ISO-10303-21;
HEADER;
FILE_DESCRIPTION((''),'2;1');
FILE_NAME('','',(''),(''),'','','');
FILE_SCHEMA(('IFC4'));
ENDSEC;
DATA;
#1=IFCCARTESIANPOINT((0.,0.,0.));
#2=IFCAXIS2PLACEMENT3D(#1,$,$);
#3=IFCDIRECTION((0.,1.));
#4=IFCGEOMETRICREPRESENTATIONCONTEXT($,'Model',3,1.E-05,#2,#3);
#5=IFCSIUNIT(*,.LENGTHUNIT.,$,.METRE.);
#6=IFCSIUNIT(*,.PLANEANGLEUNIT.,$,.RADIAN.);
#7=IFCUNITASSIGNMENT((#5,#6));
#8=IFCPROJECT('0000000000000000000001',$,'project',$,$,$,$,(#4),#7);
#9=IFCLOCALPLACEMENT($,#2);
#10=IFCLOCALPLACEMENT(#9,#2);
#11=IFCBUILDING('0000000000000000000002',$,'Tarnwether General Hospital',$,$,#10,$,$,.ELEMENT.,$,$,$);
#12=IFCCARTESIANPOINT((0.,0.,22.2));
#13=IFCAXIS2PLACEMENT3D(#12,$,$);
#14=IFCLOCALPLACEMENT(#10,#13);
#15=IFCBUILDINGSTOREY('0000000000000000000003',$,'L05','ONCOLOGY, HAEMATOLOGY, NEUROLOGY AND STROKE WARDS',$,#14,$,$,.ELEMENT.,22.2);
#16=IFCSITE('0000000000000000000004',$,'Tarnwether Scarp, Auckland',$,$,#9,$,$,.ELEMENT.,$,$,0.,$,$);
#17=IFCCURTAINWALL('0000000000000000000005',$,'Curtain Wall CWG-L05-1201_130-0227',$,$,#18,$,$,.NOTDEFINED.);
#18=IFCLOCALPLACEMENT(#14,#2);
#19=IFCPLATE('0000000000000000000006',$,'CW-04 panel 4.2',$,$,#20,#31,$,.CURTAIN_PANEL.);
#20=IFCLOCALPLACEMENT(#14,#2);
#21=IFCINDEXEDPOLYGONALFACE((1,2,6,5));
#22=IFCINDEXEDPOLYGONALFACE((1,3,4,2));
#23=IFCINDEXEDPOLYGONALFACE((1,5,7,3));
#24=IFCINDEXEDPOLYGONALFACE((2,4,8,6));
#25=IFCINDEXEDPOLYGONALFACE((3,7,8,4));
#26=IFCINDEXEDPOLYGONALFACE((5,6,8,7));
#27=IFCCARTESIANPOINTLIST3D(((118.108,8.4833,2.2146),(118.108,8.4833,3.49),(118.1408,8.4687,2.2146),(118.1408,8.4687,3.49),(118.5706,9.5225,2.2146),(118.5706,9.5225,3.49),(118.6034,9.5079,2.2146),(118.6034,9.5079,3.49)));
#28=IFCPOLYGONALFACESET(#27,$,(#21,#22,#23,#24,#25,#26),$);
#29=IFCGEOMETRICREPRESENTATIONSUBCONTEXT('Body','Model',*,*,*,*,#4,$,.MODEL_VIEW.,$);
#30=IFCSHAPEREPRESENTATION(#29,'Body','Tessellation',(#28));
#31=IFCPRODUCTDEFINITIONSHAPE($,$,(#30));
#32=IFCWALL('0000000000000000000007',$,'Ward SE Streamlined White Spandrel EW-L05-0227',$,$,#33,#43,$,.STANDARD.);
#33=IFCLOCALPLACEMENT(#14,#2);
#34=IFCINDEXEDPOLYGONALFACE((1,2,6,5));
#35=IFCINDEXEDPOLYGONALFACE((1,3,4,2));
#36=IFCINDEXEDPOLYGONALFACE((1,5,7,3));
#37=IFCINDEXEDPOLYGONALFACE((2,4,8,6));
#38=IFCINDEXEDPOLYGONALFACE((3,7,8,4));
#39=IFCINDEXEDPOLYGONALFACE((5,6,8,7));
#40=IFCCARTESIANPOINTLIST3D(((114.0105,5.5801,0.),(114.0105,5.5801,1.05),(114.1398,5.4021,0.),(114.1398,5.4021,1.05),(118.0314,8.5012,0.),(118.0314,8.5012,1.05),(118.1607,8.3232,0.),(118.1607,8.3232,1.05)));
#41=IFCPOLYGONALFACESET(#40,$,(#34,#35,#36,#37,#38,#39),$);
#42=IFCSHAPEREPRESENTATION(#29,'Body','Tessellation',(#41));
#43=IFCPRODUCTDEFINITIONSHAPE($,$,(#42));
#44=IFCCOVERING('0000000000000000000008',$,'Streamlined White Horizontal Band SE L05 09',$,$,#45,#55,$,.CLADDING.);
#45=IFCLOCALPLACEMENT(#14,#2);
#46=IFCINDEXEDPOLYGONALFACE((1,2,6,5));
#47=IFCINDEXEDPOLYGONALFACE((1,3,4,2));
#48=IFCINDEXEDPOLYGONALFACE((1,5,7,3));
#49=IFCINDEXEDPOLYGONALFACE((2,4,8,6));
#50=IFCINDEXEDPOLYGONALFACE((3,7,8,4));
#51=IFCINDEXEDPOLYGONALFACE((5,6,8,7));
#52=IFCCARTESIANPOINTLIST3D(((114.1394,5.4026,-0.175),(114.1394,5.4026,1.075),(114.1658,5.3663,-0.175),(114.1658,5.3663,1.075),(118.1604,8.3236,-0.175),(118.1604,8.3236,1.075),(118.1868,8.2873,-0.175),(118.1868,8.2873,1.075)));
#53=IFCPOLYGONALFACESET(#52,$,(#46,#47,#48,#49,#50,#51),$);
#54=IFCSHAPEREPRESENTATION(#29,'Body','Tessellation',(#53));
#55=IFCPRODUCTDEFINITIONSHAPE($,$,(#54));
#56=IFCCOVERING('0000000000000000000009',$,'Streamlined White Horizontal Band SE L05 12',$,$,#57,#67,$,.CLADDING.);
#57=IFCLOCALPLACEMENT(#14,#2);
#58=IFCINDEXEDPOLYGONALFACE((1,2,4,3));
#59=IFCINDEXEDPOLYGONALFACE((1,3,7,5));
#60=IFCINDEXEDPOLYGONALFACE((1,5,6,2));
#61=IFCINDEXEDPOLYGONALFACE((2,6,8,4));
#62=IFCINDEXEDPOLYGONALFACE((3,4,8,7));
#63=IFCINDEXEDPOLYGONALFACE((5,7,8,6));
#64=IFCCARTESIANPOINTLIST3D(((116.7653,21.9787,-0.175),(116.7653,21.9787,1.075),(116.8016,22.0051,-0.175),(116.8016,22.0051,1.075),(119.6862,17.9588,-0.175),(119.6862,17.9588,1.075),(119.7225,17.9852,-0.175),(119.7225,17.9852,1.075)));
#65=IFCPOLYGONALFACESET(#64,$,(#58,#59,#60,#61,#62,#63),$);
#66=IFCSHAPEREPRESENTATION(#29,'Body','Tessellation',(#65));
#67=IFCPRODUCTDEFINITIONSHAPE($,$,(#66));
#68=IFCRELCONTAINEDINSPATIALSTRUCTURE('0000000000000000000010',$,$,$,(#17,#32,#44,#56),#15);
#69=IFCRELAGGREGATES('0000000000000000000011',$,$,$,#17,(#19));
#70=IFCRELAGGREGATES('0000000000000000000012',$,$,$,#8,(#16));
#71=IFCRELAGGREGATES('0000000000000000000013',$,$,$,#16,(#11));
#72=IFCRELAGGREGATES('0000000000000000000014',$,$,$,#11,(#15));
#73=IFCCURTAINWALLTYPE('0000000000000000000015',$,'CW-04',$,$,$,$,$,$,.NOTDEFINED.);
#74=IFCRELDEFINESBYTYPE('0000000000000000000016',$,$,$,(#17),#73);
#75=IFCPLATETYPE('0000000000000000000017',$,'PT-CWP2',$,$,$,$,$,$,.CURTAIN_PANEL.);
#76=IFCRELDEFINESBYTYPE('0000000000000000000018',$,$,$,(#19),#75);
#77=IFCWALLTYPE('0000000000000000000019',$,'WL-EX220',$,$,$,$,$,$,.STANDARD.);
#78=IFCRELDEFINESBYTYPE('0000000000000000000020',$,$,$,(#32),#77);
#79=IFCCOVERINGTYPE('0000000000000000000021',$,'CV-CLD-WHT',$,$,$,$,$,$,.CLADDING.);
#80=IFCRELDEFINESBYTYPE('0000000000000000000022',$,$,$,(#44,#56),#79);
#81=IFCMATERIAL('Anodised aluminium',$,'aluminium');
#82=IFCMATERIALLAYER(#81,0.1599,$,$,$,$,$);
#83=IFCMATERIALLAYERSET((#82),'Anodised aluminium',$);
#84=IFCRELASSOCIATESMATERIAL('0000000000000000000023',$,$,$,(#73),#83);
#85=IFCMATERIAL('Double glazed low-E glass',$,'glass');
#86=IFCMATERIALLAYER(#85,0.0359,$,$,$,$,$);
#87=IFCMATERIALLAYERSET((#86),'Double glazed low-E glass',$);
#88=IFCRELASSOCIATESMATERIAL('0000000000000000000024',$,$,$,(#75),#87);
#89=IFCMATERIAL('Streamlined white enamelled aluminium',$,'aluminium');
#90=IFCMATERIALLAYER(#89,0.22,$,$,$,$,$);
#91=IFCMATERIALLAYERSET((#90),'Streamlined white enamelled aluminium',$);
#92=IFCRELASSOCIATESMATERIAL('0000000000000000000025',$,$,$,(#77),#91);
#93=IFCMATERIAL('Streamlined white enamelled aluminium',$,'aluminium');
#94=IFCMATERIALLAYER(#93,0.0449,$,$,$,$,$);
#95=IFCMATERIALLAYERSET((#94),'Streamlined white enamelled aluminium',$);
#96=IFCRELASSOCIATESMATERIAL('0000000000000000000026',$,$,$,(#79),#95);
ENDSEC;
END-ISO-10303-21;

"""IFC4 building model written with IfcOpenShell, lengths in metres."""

from ifc_helpers import new_model, si_unit, direction, frame, frame_2d, origin, origin_2d, place, context, subcontext, project, spatial, rectangle, extrude, material, layer, layer_set, type_object, element, aggregate, save


model = new_model("IFC4")

# Units and contexts
model_context = context("Model", 3, precision=1e-05, world=origin(), true_north=direction((0.0, 1.0)))
body_context = subcontext(model_context, "Body", "Model", "MODEL_VIEW")
ifc_project = project(units=[si_unit("LENGTHUNIT", "METRE"), si_unit("PLANEANGLEUNIT", "RADIAN")], contexts=[model_context])

# Site, building, storey
site_placement = place(None, origin())
site = spatial("IfcSite", under=ifc_project, at=site_placement, Name="Tarnwether Scarp, Auckland", CompositionType="ELEMENT", RefElevation=0.0)
building_placement = place(site_placement, origin())
building = spatial("IfcBuilding", under=site, at=building_placement, Name="Tarnwether General Hospital", CompositionType="ELEMENT")
storey_placement = place(building_placement, frame((0.0, 0.0, 22.2)))
storey = spatial("IfcBuildingStorey", under=building, at=storey_placement, Name="L05", Description="ONCOLOGY, HAEMATOLOGY, NEUROLOGY AND STROKE WARDS", CompositionType="ELEMENT", Elevation=22.2)

# Shared definitions
ifc_material_1 = material(Name="Anodised aluminium", Category="aluminium")
ifc_layer_1 = layer(ifc_material_1, 0.1599)
ifc_layer_set_1 = layer_set([ifc_layer_1], Name="Anodised aluminium")
curtain_wall_type = type_object("IfcCurtainWallType", Name="CW-04", PredefinedType="NOTDEFINED", material=ifc_layer_set_1)

# Curtain wall
curtain_wall_1_placement = place(storey_placement, origin())
curtain_wall_1 = element("IfcCurtainWall", 1, at=curtain_wall_1_placement, inside=storey, type_object=curtain_wall_type, Name="Curtain Wall CWG-L05-1201_130-0227", PredefinedType="NOTDEFINED")

# Plate
ifc_material_2 = material(Name="Double glazed low-E glass", Category="glass")
ifc_layer_2 = layer(ifc_material_2, 0.0359)
ifc_layer_set_2 = layer_set([ifc_layer_2], Name="Double glazed low-E glass")
plate_type_1 = type_object("IfcPlateType", Name="PT-CWP2", PredefinedType="CURTAIN_PANEL", material=ifc_layer_set_2)
plate_1_placement = place(storey_placement, frame((118.3557, 8.9956, 2.2146), z_axis=(0.0, 0.0, 1.0), x_axis=(-0.40668, -0.913571, 0.0)))
plate_1 = element("IfcPlate", 2, at=plate_1_placement, type_object=plate_type_1, Name="CW-04 panel 4.2", PredefinedType="CURTAIN_PANEL", context=body_context, shape_type="SweptSolid", body=[
    extrude(rectangle(XDim=1.1375, YDim=0.0359, at=origin_2d()), origin(), (0.0, 0.0, 1.0), 1.2754),
])
aggregate(curtain_wall_1, [plate_1])

# Wall
ifc_material_3 = material(Name="Streamlined white enamelled aluminium", Category="aluminium")
ifc_layer_3 = layer(ifc_material_3, 0.22)
ifc_layer_set_3 = layer_set([ifc_layer_3], Name="Streamlined white enamelled aluminium")
wall_type = type_object("IfcWallType", Name="WL-EX220", PredefinedType="STANDARD", material=ifc_layer_set_3)
wall_placement = place(storey_placement, frame((118.0959, 8.4121, 0.0), z_axis=(0.0, 0.0, 1.0), x_axis=(-0.809044, -0.587748, 0.0)))
element("IfcWall", 3, at=wall_placement, inside=storey, type_object=wall_type, Name="Ward SE Streamlined White Spandrel EW-L05-0227", PredefinedType="STANDARD", context=body_context, shape_type="SweptSolid", body=[
    extrude(rectangle(XDim=4.97, YDim=0.22, at=frame_2d((2.4849, 0.0))), origin(), (0.0, 0.0, 1.0), 1.05),
])

# Coverings
ifc_material_4 = material(Name="Streamlined white enamelled aluminium", Category="aluminium")
ifc_layer_4 = layer(ifc_material_4, 0.0449)
ifc_layer_set_4 = layer_set([ifc_layer_4], Name="Streamlined white enamelled aluminium")
covering_type = type_object("IfcCoveringType", Name="CV-CLD-WHT", PredefinedType="CLADDING", material=ifc_layer_set_4)
covering_1_placement = place(storey_placement, frame((116.1631, 6.845, -0.175), z_axis=(0.0, 0.0, 1.0), x_axis=(-0.809058, -0.587729, 0.0)))
element("IfcCovering", 4, at=covering_1_placement, inside=storey, type_object=covering_type, Name="Streamlined White Horizontal Band SE L05 09", PredefinedType="CLADDING", context=body_context, shape_type="SweptSolid", body=[
    extrude(rectangle(XDim=4.97, YDim=0.0449, at=origin_2d()), origin(), (0.0, 0.0, 1.0), 1.25),
])
covering_2_placement = place(storey_placement, frame((118.2439, 19.9819, -0.175), z_axis=(0.0, 0.0, 1.0), x_axis=(0.587828, -0.808986, 0.0)))
element("IfcCovering", 5, at=covering_2_placement, inside=storey, type_object=covering_type, Name="Streamlined White Horizontal Band SE L05 12", PredefinedType="CLADDING", context=body_context, shape_type="SweptSolid", body=[
    extrude(rectangle(XDim=4.969, YDim=0.0449, at=origin_2d()), origin(), (0.0, 0.0, 1.0), 1.25),
])

save(model, "model.ifc")
